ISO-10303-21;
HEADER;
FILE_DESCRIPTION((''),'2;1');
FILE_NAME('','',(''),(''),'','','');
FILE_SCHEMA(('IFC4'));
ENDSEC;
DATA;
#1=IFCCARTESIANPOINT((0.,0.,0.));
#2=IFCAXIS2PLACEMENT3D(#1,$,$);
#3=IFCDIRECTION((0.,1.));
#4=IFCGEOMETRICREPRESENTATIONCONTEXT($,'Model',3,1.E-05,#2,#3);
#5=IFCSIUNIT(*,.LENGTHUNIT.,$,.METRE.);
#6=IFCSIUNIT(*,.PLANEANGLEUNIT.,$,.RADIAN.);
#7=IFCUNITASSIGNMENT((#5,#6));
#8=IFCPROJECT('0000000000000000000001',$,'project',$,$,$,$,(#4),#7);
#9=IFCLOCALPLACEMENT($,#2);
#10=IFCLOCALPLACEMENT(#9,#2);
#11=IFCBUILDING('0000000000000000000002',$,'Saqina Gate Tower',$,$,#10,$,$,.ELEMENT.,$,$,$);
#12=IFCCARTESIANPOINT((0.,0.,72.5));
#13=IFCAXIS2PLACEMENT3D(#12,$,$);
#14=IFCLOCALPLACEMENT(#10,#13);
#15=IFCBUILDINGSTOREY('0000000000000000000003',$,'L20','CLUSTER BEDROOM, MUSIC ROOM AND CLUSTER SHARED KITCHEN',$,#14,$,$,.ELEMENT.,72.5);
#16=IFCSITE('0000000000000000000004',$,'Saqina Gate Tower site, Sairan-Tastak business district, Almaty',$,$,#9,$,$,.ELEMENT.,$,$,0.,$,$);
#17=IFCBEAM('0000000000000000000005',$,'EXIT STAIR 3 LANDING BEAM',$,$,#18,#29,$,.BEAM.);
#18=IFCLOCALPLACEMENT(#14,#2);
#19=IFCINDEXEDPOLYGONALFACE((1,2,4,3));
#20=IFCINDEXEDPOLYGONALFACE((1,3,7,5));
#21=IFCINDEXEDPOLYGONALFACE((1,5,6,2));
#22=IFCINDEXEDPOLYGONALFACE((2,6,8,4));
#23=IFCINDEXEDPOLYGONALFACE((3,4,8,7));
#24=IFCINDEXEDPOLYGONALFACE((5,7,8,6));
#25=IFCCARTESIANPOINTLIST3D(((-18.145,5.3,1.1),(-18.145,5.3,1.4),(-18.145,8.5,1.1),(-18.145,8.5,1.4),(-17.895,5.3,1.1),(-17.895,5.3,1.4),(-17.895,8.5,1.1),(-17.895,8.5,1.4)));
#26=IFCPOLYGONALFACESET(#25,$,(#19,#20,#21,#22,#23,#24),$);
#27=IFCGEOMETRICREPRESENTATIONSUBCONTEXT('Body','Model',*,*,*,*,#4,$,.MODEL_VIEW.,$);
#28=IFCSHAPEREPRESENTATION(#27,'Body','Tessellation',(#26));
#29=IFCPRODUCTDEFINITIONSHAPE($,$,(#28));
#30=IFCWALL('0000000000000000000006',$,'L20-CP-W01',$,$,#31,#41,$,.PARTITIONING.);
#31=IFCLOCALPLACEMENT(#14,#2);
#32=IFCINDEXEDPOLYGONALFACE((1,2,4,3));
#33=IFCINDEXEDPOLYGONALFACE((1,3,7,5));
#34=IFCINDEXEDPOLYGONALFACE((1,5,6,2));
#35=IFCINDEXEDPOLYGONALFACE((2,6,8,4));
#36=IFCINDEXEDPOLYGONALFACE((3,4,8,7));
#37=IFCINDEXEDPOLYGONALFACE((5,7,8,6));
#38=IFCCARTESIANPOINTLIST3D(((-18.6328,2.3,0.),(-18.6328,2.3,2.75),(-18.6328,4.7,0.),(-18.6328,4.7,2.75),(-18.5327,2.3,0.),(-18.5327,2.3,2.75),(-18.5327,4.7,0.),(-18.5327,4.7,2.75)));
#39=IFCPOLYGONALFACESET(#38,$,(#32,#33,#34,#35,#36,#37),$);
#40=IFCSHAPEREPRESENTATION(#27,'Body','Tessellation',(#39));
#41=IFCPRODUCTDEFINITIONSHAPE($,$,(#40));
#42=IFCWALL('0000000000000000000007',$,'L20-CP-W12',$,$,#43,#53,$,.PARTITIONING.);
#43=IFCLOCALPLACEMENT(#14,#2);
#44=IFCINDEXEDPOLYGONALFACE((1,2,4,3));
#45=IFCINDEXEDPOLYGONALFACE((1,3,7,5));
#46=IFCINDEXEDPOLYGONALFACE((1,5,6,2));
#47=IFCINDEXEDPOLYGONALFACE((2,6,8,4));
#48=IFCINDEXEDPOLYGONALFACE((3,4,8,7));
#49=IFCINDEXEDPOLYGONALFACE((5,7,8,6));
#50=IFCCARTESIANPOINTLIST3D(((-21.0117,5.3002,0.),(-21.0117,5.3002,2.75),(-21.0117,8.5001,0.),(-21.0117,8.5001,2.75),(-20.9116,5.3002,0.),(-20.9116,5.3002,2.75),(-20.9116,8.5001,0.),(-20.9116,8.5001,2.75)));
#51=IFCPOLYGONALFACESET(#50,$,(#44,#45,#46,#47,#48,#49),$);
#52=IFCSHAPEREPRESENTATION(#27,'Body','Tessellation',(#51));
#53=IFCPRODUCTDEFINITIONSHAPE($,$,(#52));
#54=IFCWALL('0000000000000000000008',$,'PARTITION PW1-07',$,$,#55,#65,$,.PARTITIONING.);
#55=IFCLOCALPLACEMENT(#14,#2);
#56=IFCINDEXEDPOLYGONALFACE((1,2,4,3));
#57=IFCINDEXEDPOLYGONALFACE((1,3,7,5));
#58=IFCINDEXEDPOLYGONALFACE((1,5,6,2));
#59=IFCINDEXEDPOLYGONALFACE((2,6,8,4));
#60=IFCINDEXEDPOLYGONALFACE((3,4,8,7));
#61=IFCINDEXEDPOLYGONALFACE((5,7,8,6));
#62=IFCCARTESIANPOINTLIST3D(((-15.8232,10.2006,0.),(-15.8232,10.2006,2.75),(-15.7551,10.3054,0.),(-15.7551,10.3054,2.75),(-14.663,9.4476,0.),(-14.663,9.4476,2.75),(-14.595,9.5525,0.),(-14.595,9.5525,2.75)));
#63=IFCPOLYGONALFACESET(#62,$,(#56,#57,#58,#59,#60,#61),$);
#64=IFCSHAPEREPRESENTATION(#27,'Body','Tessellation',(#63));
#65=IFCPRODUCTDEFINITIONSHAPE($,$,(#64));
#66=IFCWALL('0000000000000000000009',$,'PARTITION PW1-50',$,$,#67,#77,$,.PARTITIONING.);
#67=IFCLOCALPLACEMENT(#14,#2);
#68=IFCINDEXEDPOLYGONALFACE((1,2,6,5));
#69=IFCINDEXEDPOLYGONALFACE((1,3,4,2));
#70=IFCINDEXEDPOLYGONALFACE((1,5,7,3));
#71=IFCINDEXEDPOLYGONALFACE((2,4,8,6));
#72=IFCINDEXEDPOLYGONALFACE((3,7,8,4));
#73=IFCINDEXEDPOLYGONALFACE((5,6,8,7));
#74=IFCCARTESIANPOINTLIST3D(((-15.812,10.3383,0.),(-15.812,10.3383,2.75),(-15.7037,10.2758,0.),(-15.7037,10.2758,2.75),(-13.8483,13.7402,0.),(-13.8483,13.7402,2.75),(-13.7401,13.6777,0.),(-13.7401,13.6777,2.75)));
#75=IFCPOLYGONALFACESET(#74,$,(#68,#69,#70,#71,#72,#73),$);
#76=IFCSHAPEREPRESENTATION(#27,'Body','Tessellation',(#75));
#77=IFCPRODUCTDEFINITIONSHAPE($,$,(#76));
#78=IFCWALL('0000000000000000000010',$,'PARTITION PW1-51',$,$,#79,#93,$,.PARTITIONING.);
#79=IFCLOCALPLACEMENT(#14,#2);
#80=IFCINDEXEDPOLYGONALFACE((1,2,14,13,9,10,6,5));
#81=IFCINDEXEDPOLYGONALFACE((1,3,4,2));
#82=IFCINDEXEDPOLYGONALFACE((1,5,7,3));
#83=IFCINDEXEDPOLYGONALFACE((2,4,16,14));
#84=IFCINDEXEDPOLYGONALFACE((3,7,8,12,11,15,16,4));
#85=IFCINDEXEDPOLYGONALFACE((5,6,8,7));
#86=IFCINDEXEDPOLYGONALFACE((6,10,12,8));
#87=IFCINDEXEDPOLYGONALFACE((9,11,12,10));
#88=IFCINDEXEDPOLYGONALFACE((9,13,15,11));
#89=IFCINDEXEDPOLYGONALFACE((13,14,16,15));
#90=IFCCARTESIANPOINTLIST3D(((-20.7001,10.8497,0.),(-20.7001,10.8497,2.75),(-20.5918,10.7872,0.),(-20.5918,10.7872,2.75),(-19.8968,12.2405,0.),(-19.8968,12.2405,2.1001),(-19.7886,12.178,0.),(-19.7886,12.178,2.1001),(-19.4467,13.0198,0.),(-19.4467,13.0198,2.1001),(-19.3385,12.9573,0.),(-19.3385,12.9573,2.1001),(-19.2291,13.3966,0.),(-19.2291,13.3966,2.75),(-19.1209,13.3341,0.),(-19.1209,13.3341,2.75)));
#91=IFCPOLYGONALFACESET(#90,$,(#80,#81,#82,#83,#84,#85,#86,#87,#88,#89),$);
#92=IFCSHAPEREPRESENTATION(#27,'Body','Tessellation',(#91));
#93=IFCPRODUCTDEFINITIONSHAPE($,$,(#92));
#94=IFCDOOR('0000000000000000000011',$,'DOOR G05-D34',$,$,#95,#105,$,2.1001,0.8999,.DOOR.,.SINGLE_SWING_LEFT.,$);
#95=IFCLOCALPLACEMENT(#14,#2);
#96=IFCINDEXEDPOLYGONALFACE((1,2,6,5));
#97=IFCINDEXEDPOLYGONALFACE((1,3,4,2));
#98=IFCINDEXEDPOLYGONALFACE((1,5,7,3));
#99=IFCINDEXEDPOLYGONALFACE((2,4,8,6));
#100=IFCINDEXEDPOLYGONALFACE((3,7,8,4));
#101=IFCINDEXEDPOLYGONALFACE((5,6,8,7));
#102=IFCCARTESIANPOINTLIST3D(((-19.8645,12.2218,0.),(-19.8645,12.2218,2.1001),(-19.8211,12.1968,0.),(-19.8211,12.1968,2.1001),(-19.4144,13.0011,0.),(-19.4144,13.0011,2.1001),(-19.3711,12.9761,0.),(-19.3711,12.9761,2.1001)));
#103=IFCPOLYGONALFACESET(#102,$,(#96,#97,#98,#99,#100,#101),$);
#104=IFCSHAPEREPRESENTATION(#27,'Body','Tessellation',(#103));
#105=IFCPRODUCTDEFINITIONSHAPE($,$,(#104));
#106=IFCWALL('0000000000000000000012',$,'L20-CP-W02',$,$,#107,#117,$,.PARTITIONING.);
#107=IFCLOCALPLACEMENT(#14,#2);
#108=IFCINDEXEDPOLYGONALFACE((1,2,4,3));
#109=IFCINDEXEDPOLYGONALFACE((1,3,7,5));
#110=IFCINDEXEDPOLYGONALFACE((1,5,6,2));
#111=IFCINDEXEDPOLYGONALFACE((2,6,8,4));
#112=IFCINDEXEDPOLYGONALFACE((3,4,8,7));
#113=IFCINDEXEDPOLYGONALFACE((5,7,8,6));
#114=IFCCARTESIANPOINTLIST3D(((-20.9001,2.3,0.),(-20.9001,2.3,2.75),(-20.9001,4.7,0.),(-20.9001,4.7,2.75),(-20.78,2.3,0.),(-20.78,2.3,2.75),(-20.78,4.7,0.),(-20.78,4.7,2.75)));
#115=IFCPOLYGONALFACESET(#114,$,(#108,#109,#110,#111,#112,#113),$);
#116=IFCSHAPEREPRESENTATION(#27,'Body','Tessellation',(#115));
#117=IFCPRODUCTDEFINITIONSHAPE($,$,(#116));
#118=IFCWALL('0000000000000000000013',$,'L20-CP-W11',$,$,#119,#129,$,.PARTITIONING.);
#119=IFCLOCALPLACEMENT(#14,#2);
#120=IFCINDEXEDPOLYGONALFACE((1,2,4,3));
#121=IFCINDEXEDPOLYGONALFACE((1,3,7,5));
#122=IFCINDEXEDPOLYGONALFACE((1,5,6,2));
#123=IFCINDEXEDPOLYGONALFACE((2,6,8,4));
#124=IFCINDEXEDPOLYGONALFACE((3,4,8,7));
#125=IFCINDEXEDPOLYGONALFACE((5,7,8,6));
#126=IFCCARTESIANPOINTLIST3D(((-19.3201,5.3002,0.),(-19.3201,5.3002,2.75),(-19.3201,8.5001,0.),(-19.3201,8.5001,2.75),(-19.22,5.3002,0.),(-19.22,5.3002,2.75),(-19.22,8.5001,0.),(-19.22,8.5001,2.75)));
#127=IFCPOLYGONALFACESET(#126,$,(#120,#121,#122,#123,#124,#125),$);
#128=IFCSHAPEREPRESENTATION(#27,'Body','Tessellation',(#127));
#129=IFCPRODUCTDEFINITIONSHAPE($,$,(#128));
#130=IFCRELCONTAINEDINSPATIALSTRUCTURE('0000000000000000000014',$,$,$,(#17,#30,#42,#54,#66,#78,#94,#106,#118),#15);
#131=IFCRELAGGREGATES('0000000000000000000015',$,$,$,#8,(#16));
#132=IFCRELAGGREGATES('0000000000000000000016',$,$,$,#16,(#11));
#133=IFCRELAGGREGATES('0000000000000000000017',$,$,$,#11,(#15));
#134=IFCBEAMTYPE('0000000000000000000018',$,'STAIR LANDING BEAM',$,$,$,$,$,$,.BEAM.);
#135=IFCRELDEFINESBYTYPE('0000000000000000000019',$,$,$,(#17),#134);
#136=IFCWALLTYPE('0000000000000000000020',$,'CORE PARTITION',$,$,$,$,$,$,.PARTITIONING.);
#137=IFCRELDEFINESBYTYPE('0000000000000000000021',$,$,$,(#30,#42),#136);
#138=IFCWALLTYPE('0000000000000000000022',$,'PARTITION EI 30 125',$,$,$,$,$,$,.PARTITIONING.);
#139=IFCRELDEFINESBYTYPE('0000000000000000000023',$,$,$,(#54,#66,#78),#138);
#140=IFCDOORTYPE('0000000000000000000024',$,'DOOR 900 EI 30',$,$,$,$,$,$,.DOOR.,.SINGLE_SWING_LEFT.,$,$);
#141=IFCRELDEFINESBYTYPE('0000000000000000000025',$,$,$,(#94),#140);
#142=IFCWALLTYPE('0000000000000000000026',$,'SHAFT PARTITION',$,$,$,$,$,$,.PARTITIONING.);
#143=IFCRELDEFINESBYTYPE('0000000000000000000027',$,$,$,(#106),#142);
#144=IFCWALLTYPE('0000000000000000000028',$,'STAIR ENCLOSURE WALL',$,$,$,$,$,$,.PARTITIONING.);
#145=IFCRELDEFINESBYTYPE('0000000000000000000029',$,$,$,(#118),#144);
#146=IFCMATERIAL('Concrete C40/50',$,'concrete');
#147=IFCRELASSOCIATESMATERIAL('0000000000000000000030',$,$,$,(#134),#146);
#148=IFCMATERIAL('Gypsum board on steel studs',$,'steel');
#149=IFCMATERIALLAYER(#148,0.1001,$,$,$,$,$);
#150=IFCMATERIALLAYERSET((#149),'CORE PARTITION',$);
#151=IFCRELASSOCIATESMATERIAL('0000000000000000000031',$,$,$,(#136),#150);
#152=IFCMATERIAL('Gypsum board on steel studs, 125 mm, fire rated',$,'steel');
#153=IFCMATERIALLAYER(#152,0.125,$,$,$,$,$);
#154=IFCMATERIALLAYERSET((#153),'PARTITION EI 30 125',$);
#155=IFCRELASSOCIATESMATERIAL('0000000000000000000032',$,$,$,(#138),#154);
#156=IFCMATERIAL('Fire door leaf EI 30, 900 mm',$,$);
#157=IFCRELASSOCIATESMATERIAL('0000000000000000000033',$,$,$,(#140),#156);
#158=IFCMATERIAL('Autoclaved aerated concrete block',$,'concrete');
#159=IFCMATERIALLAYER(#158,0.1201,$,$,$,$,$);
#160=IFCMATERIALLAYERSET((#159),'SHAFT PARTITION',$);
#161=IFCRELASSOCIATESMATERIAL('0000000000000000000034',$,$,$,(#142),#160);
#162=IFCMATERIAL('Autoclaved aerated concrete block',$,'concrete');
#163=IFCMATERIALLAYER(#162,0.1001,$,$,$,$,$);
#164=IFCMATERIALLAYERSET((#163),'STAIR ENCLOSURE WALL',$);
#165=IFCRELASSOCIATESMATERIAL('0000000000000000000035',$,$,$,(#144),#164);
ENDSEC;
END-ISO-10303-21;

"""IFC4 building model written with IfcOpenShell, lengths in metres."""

from ifc_helpers import new_model, si_unit, direction, frame, frame_2d, origin, origin_2d, place, context, subcontext, project, spatial, rectangle, extrude, material, layer, layer_set, material_profile, profile_set, type_object, element, fill, save


model = new_model("IFC4")

# Units and contexts
model_context = context("Model", 3, precision=1e-05, world=origin(), true_north=direction((0.0, 1.0)))
body_context = subcontext(model_context, "Body", "Model", "MODEL_VIEW")
ifc_project = project(units=[si_unit("LENGTHUNIT", "METRE"), si_unit("PLANEANGLEUNIT", "RADIAN")], contexts=[model_context])

# Site, building, storey
site_placement = place(None, origin())
site = spatial("IfcSite", under=ifc_project, at=site_placement, Name="Saqina Gate Tower site, Sairan-Tastak business district, Almaty", CompositionType="ELEMENT", RefElevation=0.0)
building_placement = place(site_placement, origin())
building = spatial("IfcBuilding", under=site, at=building_placement, Name="Saqina Gate Tower", CompositionType="ELEMENT")
storey_placement = place(building_placement, frame((0.0, 0.0, 72.5)))
storey = spatial("IfcBuildingStorey", under=building, at=storey_placement, Name="L20", Description="CLUSTER BEDROOM, MUSIC ROOM AND CLUSTER SHARED KITCHEN", CompositionType="ELEMENT", Elevation=72.5)

# Beam
ifc_material_1 = material(Name="Concrete C40/50", Category="concrete")
ifc_material_profile = material_profile(ifc_material_1, rectangle(XDim=0.25, YDim=0.3, at=origin_2d()), Name="STAIR LANDING BEAM")
ifc_profile_set = profile_set([ifc_material_profile], Name="Concrete C40/50")
beam_type = type_object("IfcBeamType", Name="STAIR LANDING BEAM", PredefinedType="BEAM", material=ifc_profile_set)
beam_placement = place(storey_placement, frame((-18.02, 5.3, 1.25), z_axis=(0.0, 1.0, 0.0), x_axis=(-1.0, 0.0, 0.0)))
element("IfcBeam", 1, at=beam_placement, inside=storey, type_object=beam_type, Name="EXIT STAIR 3 LANDING BEAM", PredefinedType="BEAM", context=body_context, shape_type="SweptSolid", body=[
    extrude(rectangle(XDim=0.25, YDim=0.3, at=origin_2d()), origin(), (0.0, 0.0, 1.0), 3.2),
])

# Walls
ifc_material_2 = material(Name="Gypsum board on steel studs", Category="steel")
ifc_layer_1 = layer(ifc_material_2, 0.1001)
ifc_layer_set_1 = layer_set([ifc_layer_1], Name="CORE PARTITION")
wall_type_1 = type_object("IfcWallType", Name="CORE PARTITION", PredefinedType="PARTITIONING", material=ifc_layer_set_1)
wall_1_placement = place(storey_placement, frame((-18.5828, 2.3, 0.0), z_axis=(0.0, 0.0, 1.0), x_axis=(0.0, 1.0, 0.0)))
element("IfcWall", 2, at=wall_1_placement, inside=storey, type_object=wall_type_1, Name="L20-CP-W01", PredefinedType="PARTITIONING", context=body_context, shape_type="SweptSolid", body=[
    extrude(rectangle(XDim=2.3999, YDim=0.1001, at=frame_2d((1.2, 0.0))), origin(), (0.0, 0.0, 1.0), 2.75),
])
wall_2_placement = place(storey_placement, frame((-20.9617, 5.3, 0.0), z_axis=(0.0, 0.0, 1.0), x_axis=(0.0, 1.0, 0.0)))
element("IfcWall", 3, at=wall_2_placement, inside=storey, type_object=wall_type_1, Name="L20-CP-W12", PredefinedType="PARTITIONING", context=body_context, shape_type="SweptSolid", body=[
    extrude(rectangle(XDim=3.2, YDim=0.1001, at=frame_2d((1.6001, 0.0))), origin(), (0.0, 0.0, 1.0), 2.75),
])
ifc_material_3 = material(Name="Gypsum board on steel studs, 125 mm, fire rated", Category="steel")
ifc_layer_2 = layer(ifc_material_3, 0.125)
ifc_layer_set_2 = layer_set([ifc_layer_2], Name="PARTITION EI 30 125")
wall_type_2 = type_object("IfcWallType", Name="PARTITION EI 30 125", PredefinedType="PARTITIONING", material=ifc_layer_set_2)
wall_3_placement = place(storey_placement, frame((-15.7891, 10.2529, 0.0), z_axis=(0.0, 0.0, 1.0), x_axis=(0.838831, -0.544393, 0.0)))
element("IfcWall", 4, at=wall_3_placement, inside=storey, type_object=wall_type_2, Name="PARTITION PW1-07", PredefinedType="PARTITIONING", context=body_context, shape_type="SweptSolid", body=[
    extrude(rectangle(XDim=1.3831, YDim=0.125, at=frame_2d((0.6914, 0.0))), origin(), (0.0, 0.0, 1.0), 2.75),
])
wall_4_placement = place(storey_placement, frame((-15.7578, 10.3071, 0.0), z_axis=(0.0, 0.0, 1.0), x_axis=(0.499916, 0.866074, 0.0)))
element("IfcWall", 5, at=wall_4_placement, inside=storey, type_object=wall_type_2, Name="PARTITION PW1-50", PredefinedType="PARTITIONING", context=body_context, shape_type="SweptSolid", body=[
    extrude(rectangle(XDim=3.928, YDim=0.125, at=frame_2d((1.9639, 0.0))), origin(), (0.0, 0.0, 1.0), 2.75),
])

# Wall, opening, door
wall_5_placement = place(storey_placement, frame((-20.646, 10.8184, 0.0), z_axis=(0.0, 0.0, 1.0), x_axis=(0.50013, 0.865951, 0.0)))
wall_5 = element("IfcWall", 6, at=wall_5_placement, inside=storey, type_object=wall_type_2, Name="PARTITION PW1-51", PredefinedType="PARTITIONING", context=body_context, shape_type="SweptSolid", body=[
    extrude(rectangle(XDim=2.9412, YDim=0.125, at=frame_2d((1.4707, 0.0))), origin(), (0.0, 0.0, 1.0), 2.75),
])
opening_1_placement = place(wall_5_placement, frame((1.6062, 0.0, 0.0)))
opening_1 = element("IfcOpeningElement", 7, at=opening_1_placement, cuts=wall_5, PredefinedType="OPENING", context=body_context, shape_type="SweptSolid", body=[
    extrude(rectangle(XDim=0.8999, YDim=2.1001, at=frame_2d((0.45, 1.05))), frame((0.0, 0.0745, 0.0), z_axis=(0.0, -1.0, 0.0), x_axis=(1.0, 0.0, 0.0)), (0.0, 0.0, 1.0), 0.1489),
])
ifc_material_4 = material(Name="Fire door leaf EI 30, 900 mm")
door_type_1 = type_object("IfcDoorType", Name="DOOR 900 EI 30", OperationType="SINGLE_SWING_LEFT", PredefinedType="DOOR", material=ifc_material_4)
door_1_placement = place(opening_1_placement, frame((0.8999, 0.0, 0.0), z_axis=(0.0, 0.0, 1.0), x_axis=(-1.0, 0.0, 0.0)))
door_1 = element("IfcDoor", 8, at=door_1_placement, inside=storey, type_object=door_type_1, Name="DOOR G05-D34", OperationType="SINGLE_SWING_LEFT", OverallHeight=2.1001, OverallWidth=0.8999, PredefinedType="DOOR", context=body_context, shape_type="SweptSolid", body=[
    extrude(rectangle(XDim=0.8999, YDim=2.1001, at=frame_2d((0.45, 1.05))), frame((0.0, 0.0249, 0.0), z_axis=(0.0, -1.0, 0.0), x_axis=(1.0, 0.0, 0.0)), (0.0, 0.0, 1.0), 0.05),
])
fill(opening_1, door_1)

# Walls
ifc_material_5 = material(Name="Autoclaved aerated concrete block", Category="concrete")
ifc_layer_3 = layer(ifc_material_5, 0.1201)
ifc_layer_set_3 = layer_set([ifc_layer_3], Name="SHAFT PARTITION")
wall_type_3 = type_object("IfcWallType", Name="SHAFT PARTITION", PredefinedType="PARTITIONING", material=ifc_layer_set_3)
wall_6_placement = place(storey_placement, frame((-20.8401, 2.3, 0.0), z_axis=(0.0, 0.0, 1.0), x_axis=(0.0, 1.0, 0.0)))
element("IfcWall", 9, at=wall_6_placement, inside=storey, type_object=wall_type_3, Name="L20-CP-W02", PredefinedType="PARTITIONING", context=body_context, shape_type="SweptSolid", body=[
    extrude(rectangle(XDim=2.3999, YDim=0.1201, at=frame_2d((1.2, 0.0))), origin(), (0.0, 0.0, 1.0), 2.75),
])
ifc_material_6 = material(Name="Autoclaved aerated concrete block", Category="concrete")
ifc_layer_4 = layer(ifc_material_6, 0.1001)
ifc_layer_set_4 = layer_set([ifc_layer_4], Name="STAIR ENCLOSURE WALL")
wall_type_4 = type_object("IfcWallType", Name="STAIR ENCLOSURE WALL", PredefinedType="PARTITIONING", material=ifc_layer_set_4)
wall_7_placement = place(storey_placement, frame((-19.27, 5.3, 0.0), z_axis=(0.0, 0.0, 1.0), x_axis=(0.0, 1.0, 0.0)))
element("IfcWall", 10, at=wall_7_placement, inside=storey, type_object=wall_type_4, Name="L20-CP-W11", PredefinedType="PARTITIONING", context=body_context, shape_type="SweptSolid", body=[
    extrude(rectangle(XDim=3.2, YDim=0.1001, at=frame_2d((1.6001, 0.0))), origin(), (0.0, 0.0, 1.0), 2.75),
])

save(model, "model.ifc")
